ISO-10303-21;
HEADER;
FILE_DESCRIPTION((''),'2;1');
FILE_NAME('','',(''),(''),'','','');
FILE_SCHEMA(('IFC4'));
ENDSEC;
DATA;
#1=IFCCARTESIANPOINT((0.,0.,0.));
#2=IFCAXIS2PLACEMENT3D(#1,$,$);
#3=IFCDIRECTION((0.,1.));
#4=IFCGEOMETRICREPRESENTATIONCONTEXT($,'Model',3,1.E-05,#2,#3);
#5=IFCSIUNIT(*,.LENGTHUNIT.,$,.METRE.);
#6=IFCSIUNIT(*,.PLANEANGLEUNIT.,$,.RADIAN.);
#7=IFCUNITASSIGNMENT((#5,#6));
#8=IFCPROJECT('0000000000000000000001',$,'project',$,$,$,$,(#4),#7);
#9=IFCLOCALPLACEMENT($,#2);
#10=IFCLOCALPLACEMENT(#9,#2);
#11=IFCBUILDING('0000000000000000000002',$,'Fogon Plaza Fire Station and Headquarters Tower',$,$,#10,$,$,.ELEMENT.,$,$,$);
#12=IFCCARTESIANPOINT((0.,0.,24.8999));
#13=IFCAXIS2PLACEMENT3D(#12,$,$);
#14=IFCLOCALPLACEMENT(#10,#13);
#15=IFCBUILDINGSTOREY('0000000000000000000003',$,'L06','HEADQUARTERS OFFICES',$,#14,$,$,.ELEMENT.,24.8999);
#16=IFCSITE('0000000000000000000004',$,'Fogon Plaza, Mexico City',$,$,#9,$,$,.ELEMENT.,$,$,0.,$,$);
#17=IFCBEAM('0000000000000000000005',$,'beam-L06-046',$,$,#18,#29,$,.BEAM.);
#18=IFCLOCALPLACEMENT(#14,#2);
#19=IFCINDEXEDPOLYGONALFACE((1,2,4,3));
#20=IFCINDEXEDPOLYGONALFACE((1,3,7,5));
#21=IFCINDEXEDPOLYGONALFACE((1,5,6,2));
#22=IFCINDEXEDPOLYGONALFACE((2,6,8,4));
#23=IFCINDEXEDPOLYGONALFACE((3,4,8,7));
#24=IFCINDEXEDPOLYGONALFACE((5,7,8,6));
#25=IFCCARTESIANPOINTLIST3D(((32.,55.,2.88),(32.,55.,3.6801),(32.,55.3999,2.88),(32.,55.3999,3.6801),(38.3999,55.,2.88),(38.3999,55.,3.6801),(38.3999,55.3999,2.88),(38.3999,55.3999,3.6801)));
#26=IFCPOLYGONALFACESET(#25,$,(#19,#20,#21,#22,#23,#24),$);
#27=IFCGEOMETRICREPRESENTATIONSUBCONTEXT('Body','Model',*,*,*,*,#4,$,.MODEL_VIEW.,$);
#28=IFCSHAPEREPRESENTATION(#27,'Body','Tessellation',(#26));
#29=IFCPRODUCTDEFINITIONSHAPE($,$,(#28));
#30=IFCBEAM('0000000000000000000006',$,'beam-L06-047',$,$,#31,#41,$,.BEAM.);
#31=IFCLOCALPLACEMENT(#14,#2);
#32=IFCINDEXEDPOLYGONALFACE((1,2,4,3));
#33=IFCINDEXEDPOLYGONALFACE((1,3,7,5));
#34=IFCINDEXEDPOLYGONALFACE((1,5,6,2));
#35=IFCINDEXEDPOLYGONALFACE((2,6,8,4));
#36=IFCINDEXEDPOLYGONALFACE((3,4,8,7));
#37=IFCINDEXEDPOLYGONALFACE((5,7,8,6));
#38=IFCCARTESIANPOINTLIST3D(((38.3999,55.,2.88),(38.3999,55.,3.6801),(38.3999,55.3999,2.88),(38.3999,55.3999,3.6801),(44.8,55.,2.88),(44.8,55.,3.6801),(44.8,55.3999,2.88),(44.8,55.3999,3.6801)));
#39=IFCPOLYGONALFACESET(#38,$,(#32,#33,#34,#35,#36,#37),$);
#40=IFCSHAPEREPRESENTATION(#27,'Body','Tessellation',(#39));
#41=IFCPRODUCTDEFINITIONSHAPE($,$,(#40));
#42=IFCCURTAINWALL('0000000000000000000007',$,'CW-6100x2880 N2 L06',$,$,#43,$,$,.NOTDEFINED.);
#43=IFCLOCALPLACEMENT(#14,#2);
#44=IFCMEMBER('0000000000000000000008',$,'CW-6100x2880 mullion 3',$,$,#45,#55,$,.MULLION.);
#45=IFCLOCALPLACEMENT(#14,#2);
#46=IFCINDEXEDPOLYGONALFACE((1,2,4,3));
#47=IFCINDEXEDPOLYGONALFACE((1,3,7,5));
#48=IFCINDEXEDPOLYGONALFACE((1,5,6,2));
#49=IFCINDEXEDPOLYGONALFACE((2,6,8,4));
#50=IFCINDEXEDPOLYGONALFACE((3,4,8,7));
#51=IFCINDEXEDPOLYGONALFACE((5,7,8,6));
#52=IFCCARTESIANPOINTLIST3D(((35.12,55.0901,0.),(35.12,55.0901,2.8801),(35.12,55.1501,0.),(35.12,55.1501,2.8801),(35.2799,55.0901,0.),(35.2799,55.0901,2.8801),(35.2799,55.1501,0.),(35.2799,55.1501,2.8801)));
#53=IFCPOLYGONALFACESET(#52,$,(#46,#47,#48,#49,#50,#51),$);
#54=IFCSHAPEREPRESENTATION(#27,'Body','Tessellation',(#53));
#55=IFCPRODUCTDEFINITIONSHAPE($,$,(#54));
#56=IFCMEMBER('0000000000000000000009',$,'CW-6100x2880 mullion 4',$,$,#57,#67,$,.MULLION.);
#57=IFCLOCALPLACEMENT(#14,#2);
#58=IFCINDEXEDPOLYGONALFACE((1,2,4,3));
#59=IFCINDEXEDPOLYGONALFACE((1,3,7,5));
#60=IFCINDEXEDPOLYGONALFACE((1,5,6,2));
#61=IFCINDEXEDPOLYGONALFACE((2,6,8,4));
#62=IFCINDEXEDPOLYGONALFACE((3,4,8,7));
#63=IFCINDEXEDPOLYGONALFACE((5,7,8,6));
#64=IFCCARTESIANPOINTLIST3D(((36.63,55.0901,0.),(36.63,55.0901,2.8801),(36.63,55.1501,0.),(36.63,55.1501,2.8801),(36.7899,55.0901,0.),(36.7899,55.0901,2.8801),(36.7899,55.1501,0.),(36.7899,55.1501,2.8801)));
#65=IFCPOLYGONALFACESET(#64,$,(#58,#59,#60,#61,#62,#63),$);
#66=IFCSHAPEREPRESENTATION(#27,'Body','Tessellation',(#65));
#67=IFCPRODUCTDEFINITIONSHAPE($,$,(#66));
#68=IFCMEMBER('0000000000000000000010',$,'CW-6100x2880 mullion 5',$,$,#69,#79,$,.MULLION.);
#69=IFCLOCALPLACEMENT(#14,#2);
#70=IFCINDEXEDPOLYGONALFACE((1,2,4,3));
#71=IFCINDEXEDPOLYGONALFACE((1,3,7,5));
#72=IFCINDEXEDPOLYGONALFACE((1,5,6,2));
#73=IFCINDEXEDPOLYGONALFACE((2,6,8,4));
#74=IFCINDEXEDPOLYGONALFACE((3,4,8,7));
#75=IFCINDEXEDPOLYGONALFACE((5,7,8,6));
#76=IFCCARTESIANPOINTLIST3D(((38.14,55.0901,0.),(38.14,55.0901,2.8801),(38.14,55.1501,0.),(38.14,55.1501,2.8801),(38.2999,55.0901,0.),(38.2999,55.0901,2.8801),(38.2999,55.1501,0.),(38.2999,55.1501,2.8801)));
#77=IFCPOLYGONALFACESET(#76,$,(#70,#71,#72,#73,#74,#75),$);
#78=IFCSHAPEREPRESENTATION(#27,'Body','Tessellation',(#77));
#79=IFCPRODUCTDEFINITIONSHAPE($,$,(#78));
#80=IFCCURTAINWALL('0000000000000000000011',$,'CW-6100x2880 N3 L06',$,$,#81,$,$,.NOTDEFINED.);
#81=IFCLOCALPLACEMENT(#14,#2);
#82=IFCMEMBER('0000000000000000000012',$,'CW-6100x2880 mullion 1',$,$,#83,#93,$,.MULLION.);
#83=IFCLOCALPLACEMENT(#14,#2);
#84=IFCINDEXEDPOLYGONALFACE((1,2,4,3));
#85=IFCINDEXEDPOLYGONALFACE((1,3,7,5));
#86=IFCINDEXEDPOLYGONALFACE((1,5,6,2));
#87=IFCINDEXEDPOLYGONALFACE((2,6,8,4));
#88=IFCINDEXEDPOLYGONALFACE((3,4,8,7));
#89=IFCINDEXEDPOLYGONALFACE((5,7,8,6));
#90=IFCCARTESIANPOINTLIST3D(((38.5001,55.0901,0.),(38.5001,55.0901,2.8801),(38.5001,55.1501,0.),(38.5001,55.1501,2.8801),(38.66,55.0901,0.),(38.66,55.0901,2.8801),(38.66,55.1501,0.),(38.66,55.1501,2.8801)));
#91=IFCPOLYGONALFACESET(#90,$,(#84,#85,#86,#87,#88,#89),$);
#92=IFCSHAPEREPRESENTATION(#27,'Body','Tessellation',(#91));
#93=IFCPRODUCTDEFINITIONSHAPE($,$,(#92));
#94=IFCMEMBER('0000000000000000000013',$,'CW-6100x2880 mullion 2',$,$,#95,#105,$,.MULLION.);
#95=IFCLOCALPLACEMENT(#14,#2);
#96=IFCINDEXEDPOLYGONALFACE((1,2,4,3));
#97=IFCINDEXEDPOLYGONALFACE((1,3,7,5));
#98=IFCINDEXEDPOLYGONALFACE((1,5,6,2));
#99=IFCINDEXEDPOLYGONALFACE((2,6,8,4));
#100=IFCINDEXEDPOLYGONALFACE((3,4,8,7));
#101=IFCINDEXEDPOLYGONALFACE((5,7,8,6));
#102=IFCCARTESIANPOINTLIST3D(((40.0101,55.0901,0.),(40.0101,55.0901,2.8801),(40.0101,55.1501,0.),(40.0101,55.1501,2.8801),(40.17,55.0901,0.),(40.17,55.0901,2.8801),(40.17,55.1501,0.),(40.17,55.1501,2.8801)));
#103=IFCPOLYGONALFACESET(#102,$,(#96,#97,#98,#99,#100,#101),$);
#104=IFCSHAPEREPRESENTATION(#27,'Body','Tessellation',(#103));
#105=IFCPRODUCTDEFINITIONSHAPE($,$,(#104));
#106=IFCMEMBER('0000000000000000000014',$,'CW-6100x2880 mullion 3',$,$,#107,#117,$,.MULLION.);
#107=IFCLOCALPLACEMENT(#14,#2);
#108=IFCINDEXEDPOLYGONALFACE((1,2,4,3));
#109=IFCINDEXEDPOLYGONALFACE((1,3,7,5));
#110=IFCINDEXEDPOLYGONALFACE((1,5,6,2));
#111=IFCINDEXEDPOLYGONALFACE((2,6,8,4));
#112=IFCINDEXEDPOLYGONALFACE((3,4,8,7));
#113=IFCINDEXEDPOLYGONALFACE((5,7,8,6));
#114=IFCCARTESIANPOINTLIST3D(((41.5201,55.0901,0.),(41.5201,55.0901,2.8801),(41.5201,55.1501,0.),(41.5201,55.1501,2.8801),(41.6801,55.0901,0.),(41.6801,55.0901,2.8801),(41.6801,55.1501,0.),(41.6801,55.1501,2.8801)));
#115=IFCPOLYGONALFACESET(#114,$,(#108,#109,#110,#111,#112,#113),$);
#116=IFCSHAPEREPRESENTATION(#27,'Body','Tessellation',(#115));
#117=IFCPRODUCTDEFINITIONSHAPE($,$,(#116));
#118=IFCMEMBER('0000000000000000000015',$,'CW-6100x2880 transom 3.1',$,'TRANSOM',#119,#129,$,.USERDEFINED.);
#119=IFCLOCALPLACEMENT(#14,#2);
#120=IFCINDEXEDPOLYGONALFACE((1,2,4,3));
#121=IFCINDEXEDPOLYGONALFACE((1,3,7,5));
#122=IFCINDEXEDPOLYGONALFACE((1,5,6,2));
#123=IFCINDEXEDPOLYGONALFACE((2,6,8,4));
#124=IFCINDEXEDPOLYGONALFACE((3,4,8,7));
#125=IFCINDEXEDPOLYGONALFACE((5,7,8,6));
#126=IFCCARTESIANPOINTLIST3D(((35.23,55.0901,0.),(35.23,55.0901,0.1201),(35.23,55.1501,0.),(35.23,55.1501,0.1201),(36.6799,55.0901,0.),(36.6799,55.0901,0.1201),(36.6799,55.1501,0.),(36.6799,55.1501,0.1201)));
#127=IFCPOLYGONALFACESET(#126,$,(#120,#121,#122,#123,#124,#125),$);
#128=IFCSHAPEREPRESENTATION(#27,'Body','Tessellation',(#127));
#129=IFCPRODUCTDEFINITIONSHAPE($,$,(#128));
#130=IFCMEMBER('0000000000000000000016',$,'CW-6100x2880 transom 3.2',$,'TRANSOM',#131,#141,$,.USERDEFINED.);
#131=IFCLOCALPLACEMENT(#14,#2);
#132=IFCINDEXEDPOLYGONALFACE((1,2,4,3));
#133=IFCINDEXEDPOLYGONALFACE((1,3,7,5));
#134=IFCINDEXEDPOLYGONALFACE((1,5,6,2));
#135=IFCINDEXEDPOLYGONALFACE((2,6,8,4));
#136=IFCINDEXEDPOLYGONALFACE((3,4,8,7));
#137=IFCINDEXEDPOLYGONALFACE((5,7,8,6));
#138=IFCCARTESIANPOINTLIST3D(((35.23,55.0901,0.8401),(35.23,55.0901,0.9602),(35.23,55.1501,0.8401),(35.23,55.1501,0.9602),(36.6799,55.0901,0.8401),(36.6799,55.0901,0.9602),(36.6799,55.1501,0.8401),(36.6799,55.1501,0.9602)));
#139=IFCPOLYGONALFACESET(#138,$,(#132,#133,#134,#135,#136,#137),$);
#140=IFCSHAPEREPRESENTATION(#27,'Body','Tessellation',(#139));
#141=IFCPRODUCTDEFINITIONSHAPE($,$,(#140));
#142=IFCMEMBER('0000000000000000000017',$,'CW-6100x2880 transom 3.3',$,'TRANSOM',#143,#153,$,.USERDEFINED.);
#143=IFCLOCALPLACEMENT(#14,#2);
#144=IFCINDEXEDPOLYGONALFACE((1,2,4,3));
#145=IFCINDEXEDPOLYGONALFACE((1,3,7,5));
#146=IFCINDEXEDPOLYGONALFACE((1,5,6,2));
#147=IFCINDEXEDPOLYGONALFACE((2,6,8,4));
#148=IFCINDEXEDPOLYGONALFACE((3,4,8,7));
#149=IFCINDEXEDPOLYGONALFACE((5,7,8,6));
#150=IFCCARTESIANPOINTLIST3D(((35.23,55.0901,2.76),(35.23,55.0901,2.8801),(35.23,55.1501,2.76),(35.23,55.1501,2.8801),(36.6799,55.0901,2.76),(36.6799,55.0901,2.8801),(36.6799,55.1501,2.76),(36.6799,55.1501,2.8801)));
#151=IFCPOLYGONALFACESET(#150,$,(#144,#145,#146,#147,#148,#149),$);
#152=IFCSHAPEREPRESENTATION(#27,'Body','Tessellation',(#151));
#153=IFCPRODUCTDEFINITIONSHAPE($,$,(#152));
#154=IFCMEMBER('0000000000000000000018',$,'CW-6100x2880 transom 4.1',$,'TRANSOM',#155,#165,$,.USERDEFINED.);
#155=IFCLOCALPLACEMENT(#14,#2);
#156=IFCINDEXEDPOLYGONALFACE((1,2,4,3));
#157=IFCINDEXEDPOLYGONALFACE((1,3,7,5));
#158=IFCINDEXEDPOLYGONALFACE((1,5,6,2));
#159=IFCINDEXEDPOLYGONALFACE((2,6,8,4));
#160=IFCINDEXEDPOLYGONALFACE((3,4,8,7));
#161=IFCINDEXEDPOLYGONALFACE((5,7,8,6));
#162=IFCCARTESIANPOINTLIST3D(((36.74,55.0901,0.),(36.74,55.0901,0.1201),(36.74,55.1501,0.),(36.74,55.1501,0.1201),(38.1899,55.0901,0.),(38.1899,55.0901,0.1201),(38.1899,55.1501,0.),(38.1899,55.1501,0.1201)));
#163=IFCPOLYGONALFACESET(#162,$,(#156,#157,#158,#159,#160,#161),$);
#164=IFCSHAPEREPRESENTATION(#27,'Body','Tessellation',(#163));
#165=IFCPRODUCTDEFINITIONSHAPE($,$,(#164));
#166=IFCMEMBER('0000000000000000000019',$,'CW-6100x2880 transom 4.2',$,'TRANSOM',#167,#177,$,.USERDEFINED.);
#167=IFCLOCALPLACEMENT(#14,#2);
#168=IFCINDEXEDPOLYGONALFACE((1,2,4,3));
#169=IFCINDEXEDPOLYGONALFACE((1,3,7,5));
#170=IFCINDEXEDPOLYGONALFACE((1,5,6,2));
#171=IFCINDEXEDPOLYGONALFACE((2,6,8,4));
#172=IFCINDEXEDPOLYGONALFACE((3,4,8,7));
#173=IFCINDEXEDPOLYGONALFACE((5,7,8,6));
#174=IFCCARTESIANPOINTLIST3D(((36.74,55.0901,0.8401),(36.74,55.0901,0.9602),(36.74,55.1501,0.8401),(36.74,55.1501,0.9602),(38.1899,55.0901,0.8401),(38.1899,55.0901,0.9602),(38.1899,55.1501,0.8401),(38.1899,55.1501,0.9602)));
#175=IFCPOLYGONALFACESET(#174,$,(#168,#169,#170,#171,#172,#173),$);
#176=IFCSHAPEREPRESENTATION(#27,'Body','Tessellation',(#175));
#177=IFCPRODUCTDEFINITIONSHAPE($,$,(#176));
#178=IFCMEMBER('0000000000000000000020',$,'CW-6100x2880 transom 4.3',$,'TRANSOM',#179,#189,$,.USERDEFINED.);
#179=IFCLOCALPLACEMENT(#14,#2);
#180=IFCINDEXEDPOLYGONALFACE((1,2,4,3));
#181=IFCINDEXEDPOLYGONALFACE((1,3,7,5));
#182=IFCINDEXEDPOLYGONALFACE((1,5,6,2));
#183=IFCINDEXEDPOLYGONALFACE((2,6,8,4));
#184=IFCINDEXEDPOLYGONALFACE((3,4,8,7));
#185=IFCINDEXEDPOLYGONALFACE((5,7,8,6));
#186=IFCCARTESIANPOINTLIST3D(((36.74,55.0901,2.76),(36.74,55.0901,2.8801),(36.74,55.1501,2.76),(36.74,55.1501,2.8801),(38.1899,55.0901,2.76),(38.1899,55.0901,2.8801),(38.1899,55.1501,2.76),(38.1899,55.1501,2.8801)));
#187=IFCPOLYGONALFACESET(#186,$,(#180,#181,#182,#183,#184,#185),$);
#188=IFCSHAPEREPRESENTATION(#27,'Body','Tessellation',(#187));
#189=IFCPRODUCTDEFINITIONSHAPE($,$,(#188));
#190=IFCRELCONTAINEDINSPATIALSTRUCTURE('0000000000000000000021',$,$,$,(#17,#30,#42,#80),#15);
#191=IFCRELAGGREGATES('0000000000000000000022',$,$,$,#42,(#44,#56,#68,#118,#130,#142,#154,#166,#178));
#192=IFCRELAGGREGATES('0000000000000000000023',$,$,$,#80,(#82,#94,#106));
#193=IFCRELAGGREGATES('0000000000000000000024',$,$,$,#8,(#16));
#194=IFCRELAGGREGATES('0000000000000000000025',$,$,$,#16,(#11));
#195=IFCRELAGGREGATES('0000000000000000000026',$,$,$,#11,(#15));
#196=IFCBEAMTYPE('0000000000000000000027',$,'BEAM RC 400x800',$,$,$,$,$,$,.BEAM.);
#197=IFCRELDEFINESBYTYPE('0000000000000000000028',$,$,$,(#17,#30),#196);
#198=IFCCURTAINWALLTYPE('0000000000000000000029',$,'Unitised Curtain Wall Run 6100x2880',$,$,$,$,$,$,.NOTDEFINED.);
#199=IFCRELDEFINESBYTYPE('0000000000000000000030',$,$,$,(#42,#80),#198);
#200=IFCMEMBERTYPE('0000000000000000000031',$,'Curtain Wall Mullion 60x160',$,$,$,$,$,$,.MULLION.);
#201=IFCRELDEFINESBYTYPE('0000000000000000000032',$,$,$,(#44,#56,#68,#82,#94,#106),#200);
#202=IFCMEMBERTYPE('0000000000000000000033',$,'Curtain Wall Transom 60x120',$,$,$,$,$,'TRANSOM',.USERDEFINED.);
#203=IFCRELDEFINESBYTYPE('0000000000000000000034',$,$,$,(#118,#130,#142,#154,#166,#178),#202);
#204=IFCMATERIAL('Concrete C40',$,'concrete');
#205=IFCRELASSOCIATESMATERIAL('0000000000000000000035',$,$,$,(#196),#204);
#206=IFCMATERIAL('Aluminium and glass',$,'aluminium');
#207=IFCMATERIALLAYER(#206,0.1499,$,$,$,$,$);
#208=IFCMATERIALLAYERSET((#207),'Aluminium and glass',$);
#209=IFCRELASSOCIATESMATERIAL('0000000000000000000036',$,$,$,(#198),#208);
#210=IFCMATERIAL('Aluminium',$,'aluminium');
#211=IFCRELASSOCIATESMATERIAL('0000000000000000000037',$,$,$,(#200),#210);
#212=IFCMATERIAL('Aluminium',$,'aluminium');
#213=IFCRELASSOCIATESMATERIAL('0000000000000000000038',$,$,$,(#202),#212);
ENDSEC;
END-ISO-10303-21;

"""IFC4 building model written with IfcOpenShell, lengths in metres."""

from ifc_helpers import new_model, si_unit, direction, frame, origin, origin_2d, place, context, subcontext, project, spatial, rectangle, extrude, material, layer, layer_set, material_profile, profile_set, type_object, element, aggregate, save


model = new_model("IFC4")

# Units and contexts
model_context = context("Model", 3, precision=1e-05, world=origin(), true_north=direction((0.0, 1.0)))
body_context = subcontext(model_context, "Body", "Model", "MODEL_VIEW")
ifc_project = project(units=[si_unit("LENGTHUNIT", "METRE"), si_unit("PLANEANGLEUNIT", "RADIAN")], contexts=[model_context])

# Site, building, storey
site_placement = place(None, origin())
site = spatial("IfcSite", under=ifc_project, at=site_placement, Name="Fogon Plaza, Mexico City", CompositionType="ELEMENT", RefElevation=0.0)
building_placement = place(site_placement, origin())
building = spatial("IfcBuilding", under=site, at=building_placement, Name="Fogon Plaza Fire Station and Headquarters Tower", CompositionType="ELEMENT")
storey_placement = place(building_placement, frame((0.0, 0.0, 24.8999)))
storey = spatial("IfcBuildingStorey", under=building, at=storey_placement, Name="L06", Description="HEADQUARTERS OFFICES", CompositionType="ELEMENT", Elevation=24.8999)

# Beams
ifc_material_1 = material(Name="Concrete C40", Category="concrete")
ifc_material_profile_1 = material_profile(ifc_material_1, rectangle(XDim=0.3999, YDim=0.8, at=origin_2d()), Name="RC 400x800")
ifc_profile_set_1 = profile_set([ifc_material_profile_1], Name="Concrete C40")
beam_type = type_object("IfcBeamType", Name="BEAM RC 400x800", PredefinedType="BEAM", material=ifc_profile_set_1)
beam_1_placement = place(storey_placement, frame((32.0, 55.2, 3.28), z_axis=(1.0, 0.0, 0.0), x_axis=(0.0, 1.0, 0.0)))
element("IfcBeam", 1, at=beam_1_placement, inside=storey, type_object=beam_type, Name="beam-L06-046", PredefinedType="BEAM", context=body_context, shape_type="SweptSolid", body=[
    extrude(rectangle(XDim=0.3999, YDim=0.8, at=origin_2d()), origin(), (0.0, 0.0, 1.0), 6.3999),
])
beam_2_placement = place(storey_placement, frame((38.3999, 55.2, 3.28), z_axis=(1.0, 0.0, 0.0), x_axis=(0.0, 1.0, 0.0)))
element("IfcBeam", 2, at=beam_2_placement, inside=storey, type_object=beam_type, Name="beam-L06-047", PredefinedType="BEAM", context=body_context, shape_type="SweptSolid", body=[
    extrude(rectangle(XDim=0.3999, YDim=0.8, at=origin_2d()), origin(), (0.0, 0.0, 1.0), 6.4001),
])

# Curtain walls, members
ifc_material_2 = material(Name="Aluminium and glass", Category="aluminium")
ifc_layer_1 = layer(ifc_material_2, 0.1499)
ifc_layer_set_1 = layer_set([ifc_layer_1], Name="Aluminium and glass")
curtain_wall_type = type_object("IfcCurtainWallType", Name="Unitised Curtain Wall Run 6100x2880", PredefinedType="NOTDEFINED", material=ifc_layer_set_1)
curtain_wall_1_placement = place(storey_placement, origin())
curtain_wall_1 = element("IfcCurtainWall", 3, at=curtain_wall_1_placement, inside=storey, type_object=curtain_wall_type, Name="CW-6100x2880 N2 L06", PredefinedType="NOTDEFINED")
ifc_material_3 = material(Name="Aluminium", Category="aluminium")
ifc_material_profile_2 = material_profile(ifc_material_3, rectangle(XDim=0.0601, YDim=0.1599, at=origin_2d()), Name="Curtain Wall Mullion 60x160")
ifc_profile_set_2 = profile_set([ifc_material_profile_2], Name="Aluminium")
member_type_1 = type_object("IfcMemberType", Name="Curtain Wall Mullion 60x160", PredefinedType="MULLION", material=ifc_profile_set_2)
member_1_placement = place(storey_placement, frame((35.2, 55.1201, 0.0), z_axis=(0.0, 0.0, 1.0), x_axis=(0.0, 1.0, 0.0)))
member_1 = element("IfcMember", 4, at=member_1_placement, type_object=member_type_1, Name="CW-6100x2880 mullion 3", PredefinedType="MULLION", context=body_context, shape_type="SweptSolid", body=[
    extrude(rectangle(XDim=0.0601, YDim=0.1599, at=origin_2d()), origin(), (0.0, 0.0, 1.0), 2.8801),
])
member_2_placement = place(storey_placement, frame((36.71, 55.1201, 0.0), z_axis=(0.0, 0.0, 1.0), x_axis=(0.0, 1.0, 0.0)))
member_2 = element("IfcMember", 5, at=member_2_placement, type_object=member_type_1, Name="CW-6100x2880 mullion 4", PredefinedType="MULLION", context=body_context, shape_type="SweptSolid", body=[
    extrude(rectangle(XDim=0.0601, YDim=0.1599, at=origin_2d()), origin(), (0.0, 0.0, 1.0), 2.8801),
])
member_3_placement = place(storey_placement, frame((38.22, 55.1201, 0.0), z_axis=(0.0, 0.0, 1.0), x_axis=(0.0, 1.0, 0.0)))
member_3 = element("IfcMember", 6, at=member_3_placement, type_object=member_type_1, Name="CW-6100x2880 mullion 5", PredefinedType="MULLION", context=body_context, shape_type="SweptSolid", body=[
    extrude(rectangle(XDim=0.0601, YDim=0.1599, at=origin_2d()), origin(), (0.0, 0.0, 1.0), 2.8801),
])
curtain_wall_2_placement = place(storey_placement, origin())
curtain_wall_2 = element("IfcCurtainWall", 7, at=curtain_wall_2_placement, inside=storey, type_object=curtain_wall_type, Name="CW-6100x2880 N3 L06", PredefinedType="NOTDEFINED")
member_4_placement = place(storey_placement, frame((38.5801, 55.1201, 0.0), z_axis=(0.0, 0.0, 1.0), x_axis=(0.0, 1.0, 0.0)))
member_4 = element("IfcMember", 8, at=member_4_placement, type_object=member_type_1, Name="CW-6100x2880 mullion 1", PredefinedType="MULLION", context=body_context, shape_type="SweptSolid", body=[
    extrude(rectangle(XDim=0.0601, YDim=0.1599, at=origin_2d()), origin(), (0.0, 0.0, 1.0), 2.8801),
])
member_5_placement = place(storey_placement, frame((40.0901, 55.1201, 0.0), z_axis=(0.0, 0.0, 1.0), x_axis=(0.0, 1.0, 0.0)))
member_5 = element("IfcMember", 9, at=member_5_placement, type_object=member_type_1, Name="CW-6100x2880 mullion 2", PredefinedType="MULLION", context=body_context, shape_type="SweptSolid", body=[
    extrude(rectangle(XDim=0.0601, YDim=0.1599, at=origin_2d()), origin(), (0.0, 0.0, 1.0), 2.8801),
])
member_6_placement = place(storey_placement, frame((41.6001, 55.1201, 0.0), z_axis=(0.0, 0.0, 1.0), x_axis=(0.0, 1.0, 0.0)))
member_6 = element("IfcMember", 10, at=member_6_placement, type_object=member_type_1, Name="CW-6100x2880 mullion 3", PredefinedType="MULLION", context=body_context, shape_type="SweptSolid", body=[
    extrude(rectangle(XDim=0.0601, YDim=0.1599, at=origin_2d()), origin(), (0.0, 0.0, 1.0), 2.8801),
])

# Members
ifc_material_4 = material(Name="Aluminium", Category="aluminium")
ifc_material_profile_3 = material_profile(ifc_material_4, rectangle(XDim=0.0601, YDim=0.1201, at=origin_2d()), Name="Curtain Wall Transom 60x120")
ifc_profile_set_3 = profile_set([ifc_material_profile_3], Name="Aluminium")
member_type_2 = type_object("IfcMemberType", Name="Curtain Wall Transom 60x120", ElementType="TRANSOM", PredefinedType="USERDEFINED", material=ifc_profile_set_3)
member_7_placement = place(storey_placement, frame((35.23, 55.1201, 0.0601), z_axis=(1.0, 0.0, 0.0), x_axis=(0.0, 1.0, 0.0)))
member_7 = element("IfcMember", 11, at=member_7_placement, type_object=member_type_2, Name="CW-6100x2880 transom 3.1", ObjectType="TRANSOM", PredefinedType="USERDEFINED", context=body_context, shape_type="SweptSolid", body=[
    extrude(rectangle(XDim=0.0601, YDim=0.1201, at=origin_2d()), origin(), (0.0, 0.0, 1.0), 1.45),
])
member_8_placement = place(storey_placement, frame((35.23, 55.1201, 0.9001), z_axis=(1.0, 0.0, 0.0), x_axis=(0.0, 1.0, 0.0)))
member_8 = element("IfcMember", 12, at=member_8_placement, type_object=member_type_2, Name="CW-6100x2880 transom 3.2", ObjectType="TRANSOM", PredefinedType="USERDEFINED", context=body_context, shape_type="SweptSolid", body=[
    extrude(rectangle(XDim=0.0601, YDim=0.1201, at=origin_2d()), origin(), (0.0, 0.0, 1.0), 1.45),
])
member_9_placement = place(storey_placement, frame((35.23, 55.1201, 2.8201), z_axis=(1.0, 0.0, 0.0), x_axis=(0.0, 1.0, 0.0)))
member_9 = element("IfcMember", 13, at=member_9_placement, type_object=member_type_2, Name="CW-6100x2880 transom 3.3", ObjectType="TRANSOM", PredefinedType="USERDEFINED", context=body_context, shape_type="SweptSolid", body=[
    extrude(rectangle(XDim=0.0601, YDim=0.1201, at=origin_2d()), origin(), (0.0, 0.0, 1.0), 1.45),
])
member_10_placement = place(storey_placement, frame((36.74, 55.1201, 0.0601), z_axis=(1.0, 0.0, 0.0), x_axis=(0.0, 1.0, 0.0)))
member_10 = element("IfcMember", 14, at=member_10_placement, type_object=member_type_2, Name="CW-6100x2880 transom 4.1", ObjectType="TRANSOM", PredefinedType="USERDEFINED", context=body_context, shape_type="SweptSolid", body=[
    extrude(rectangle(XDim=0.0601, YDim=0.1201, at=origin_2d()), origin(), (0.0, 0.0, 1.0), 1.45),
])
member_11_placement = place(storey_placement, frame((36.74, 55.1201, 0.9001), z_axis=(1.0, 0.0, 0.0), x_axis=(0.0, 1.0, 0.0)))
member_11 = element("IfcMember", 15, at=member_11_placement, type_object=member_type_2, Name="CW-6100x2880 transom 4.2", ObjectType="TRANSOM", PredefinedType="USERDEFINED", context=body_context, shape_type="SweptSolid", body=[
    extrude(rectangle(XDim=0.0601, YDim=0.1201, at=origin_2d()), origin(), (0.0, 0.0, 1.0), 1.45),
])
member_12_placement = place(storey_placement, frame((36.74, 55.1201, 2.8201), z_axis=(1.0, 0.0, 0.0), x_axis=(0.0, 1.0, 0.0)))
member_12 = element("IfcMember", 16, at=member_12_placement, type_object=member_type_2, Name="CW-6100x2880 transom 4.3", ObjectType="TRANSOM", PredefinedType="USERDEFINED", context=body_context, shape_type="SweptSolid", body=[
    extrude(rectangle(XDim=0.0601, YDim=0.1201, at=origin_2d()), origin(), (0.0, 0.0, 1.0), 1.45),
])

aggregate(curtain_wall_1, [member_1, member_2, member_3, member_7, member_8, member_9, member_10, member_11, member_12])
aggregate(curtain_wall_2, [member_4, member_5, member_6])

save(model, "model.ifc")
